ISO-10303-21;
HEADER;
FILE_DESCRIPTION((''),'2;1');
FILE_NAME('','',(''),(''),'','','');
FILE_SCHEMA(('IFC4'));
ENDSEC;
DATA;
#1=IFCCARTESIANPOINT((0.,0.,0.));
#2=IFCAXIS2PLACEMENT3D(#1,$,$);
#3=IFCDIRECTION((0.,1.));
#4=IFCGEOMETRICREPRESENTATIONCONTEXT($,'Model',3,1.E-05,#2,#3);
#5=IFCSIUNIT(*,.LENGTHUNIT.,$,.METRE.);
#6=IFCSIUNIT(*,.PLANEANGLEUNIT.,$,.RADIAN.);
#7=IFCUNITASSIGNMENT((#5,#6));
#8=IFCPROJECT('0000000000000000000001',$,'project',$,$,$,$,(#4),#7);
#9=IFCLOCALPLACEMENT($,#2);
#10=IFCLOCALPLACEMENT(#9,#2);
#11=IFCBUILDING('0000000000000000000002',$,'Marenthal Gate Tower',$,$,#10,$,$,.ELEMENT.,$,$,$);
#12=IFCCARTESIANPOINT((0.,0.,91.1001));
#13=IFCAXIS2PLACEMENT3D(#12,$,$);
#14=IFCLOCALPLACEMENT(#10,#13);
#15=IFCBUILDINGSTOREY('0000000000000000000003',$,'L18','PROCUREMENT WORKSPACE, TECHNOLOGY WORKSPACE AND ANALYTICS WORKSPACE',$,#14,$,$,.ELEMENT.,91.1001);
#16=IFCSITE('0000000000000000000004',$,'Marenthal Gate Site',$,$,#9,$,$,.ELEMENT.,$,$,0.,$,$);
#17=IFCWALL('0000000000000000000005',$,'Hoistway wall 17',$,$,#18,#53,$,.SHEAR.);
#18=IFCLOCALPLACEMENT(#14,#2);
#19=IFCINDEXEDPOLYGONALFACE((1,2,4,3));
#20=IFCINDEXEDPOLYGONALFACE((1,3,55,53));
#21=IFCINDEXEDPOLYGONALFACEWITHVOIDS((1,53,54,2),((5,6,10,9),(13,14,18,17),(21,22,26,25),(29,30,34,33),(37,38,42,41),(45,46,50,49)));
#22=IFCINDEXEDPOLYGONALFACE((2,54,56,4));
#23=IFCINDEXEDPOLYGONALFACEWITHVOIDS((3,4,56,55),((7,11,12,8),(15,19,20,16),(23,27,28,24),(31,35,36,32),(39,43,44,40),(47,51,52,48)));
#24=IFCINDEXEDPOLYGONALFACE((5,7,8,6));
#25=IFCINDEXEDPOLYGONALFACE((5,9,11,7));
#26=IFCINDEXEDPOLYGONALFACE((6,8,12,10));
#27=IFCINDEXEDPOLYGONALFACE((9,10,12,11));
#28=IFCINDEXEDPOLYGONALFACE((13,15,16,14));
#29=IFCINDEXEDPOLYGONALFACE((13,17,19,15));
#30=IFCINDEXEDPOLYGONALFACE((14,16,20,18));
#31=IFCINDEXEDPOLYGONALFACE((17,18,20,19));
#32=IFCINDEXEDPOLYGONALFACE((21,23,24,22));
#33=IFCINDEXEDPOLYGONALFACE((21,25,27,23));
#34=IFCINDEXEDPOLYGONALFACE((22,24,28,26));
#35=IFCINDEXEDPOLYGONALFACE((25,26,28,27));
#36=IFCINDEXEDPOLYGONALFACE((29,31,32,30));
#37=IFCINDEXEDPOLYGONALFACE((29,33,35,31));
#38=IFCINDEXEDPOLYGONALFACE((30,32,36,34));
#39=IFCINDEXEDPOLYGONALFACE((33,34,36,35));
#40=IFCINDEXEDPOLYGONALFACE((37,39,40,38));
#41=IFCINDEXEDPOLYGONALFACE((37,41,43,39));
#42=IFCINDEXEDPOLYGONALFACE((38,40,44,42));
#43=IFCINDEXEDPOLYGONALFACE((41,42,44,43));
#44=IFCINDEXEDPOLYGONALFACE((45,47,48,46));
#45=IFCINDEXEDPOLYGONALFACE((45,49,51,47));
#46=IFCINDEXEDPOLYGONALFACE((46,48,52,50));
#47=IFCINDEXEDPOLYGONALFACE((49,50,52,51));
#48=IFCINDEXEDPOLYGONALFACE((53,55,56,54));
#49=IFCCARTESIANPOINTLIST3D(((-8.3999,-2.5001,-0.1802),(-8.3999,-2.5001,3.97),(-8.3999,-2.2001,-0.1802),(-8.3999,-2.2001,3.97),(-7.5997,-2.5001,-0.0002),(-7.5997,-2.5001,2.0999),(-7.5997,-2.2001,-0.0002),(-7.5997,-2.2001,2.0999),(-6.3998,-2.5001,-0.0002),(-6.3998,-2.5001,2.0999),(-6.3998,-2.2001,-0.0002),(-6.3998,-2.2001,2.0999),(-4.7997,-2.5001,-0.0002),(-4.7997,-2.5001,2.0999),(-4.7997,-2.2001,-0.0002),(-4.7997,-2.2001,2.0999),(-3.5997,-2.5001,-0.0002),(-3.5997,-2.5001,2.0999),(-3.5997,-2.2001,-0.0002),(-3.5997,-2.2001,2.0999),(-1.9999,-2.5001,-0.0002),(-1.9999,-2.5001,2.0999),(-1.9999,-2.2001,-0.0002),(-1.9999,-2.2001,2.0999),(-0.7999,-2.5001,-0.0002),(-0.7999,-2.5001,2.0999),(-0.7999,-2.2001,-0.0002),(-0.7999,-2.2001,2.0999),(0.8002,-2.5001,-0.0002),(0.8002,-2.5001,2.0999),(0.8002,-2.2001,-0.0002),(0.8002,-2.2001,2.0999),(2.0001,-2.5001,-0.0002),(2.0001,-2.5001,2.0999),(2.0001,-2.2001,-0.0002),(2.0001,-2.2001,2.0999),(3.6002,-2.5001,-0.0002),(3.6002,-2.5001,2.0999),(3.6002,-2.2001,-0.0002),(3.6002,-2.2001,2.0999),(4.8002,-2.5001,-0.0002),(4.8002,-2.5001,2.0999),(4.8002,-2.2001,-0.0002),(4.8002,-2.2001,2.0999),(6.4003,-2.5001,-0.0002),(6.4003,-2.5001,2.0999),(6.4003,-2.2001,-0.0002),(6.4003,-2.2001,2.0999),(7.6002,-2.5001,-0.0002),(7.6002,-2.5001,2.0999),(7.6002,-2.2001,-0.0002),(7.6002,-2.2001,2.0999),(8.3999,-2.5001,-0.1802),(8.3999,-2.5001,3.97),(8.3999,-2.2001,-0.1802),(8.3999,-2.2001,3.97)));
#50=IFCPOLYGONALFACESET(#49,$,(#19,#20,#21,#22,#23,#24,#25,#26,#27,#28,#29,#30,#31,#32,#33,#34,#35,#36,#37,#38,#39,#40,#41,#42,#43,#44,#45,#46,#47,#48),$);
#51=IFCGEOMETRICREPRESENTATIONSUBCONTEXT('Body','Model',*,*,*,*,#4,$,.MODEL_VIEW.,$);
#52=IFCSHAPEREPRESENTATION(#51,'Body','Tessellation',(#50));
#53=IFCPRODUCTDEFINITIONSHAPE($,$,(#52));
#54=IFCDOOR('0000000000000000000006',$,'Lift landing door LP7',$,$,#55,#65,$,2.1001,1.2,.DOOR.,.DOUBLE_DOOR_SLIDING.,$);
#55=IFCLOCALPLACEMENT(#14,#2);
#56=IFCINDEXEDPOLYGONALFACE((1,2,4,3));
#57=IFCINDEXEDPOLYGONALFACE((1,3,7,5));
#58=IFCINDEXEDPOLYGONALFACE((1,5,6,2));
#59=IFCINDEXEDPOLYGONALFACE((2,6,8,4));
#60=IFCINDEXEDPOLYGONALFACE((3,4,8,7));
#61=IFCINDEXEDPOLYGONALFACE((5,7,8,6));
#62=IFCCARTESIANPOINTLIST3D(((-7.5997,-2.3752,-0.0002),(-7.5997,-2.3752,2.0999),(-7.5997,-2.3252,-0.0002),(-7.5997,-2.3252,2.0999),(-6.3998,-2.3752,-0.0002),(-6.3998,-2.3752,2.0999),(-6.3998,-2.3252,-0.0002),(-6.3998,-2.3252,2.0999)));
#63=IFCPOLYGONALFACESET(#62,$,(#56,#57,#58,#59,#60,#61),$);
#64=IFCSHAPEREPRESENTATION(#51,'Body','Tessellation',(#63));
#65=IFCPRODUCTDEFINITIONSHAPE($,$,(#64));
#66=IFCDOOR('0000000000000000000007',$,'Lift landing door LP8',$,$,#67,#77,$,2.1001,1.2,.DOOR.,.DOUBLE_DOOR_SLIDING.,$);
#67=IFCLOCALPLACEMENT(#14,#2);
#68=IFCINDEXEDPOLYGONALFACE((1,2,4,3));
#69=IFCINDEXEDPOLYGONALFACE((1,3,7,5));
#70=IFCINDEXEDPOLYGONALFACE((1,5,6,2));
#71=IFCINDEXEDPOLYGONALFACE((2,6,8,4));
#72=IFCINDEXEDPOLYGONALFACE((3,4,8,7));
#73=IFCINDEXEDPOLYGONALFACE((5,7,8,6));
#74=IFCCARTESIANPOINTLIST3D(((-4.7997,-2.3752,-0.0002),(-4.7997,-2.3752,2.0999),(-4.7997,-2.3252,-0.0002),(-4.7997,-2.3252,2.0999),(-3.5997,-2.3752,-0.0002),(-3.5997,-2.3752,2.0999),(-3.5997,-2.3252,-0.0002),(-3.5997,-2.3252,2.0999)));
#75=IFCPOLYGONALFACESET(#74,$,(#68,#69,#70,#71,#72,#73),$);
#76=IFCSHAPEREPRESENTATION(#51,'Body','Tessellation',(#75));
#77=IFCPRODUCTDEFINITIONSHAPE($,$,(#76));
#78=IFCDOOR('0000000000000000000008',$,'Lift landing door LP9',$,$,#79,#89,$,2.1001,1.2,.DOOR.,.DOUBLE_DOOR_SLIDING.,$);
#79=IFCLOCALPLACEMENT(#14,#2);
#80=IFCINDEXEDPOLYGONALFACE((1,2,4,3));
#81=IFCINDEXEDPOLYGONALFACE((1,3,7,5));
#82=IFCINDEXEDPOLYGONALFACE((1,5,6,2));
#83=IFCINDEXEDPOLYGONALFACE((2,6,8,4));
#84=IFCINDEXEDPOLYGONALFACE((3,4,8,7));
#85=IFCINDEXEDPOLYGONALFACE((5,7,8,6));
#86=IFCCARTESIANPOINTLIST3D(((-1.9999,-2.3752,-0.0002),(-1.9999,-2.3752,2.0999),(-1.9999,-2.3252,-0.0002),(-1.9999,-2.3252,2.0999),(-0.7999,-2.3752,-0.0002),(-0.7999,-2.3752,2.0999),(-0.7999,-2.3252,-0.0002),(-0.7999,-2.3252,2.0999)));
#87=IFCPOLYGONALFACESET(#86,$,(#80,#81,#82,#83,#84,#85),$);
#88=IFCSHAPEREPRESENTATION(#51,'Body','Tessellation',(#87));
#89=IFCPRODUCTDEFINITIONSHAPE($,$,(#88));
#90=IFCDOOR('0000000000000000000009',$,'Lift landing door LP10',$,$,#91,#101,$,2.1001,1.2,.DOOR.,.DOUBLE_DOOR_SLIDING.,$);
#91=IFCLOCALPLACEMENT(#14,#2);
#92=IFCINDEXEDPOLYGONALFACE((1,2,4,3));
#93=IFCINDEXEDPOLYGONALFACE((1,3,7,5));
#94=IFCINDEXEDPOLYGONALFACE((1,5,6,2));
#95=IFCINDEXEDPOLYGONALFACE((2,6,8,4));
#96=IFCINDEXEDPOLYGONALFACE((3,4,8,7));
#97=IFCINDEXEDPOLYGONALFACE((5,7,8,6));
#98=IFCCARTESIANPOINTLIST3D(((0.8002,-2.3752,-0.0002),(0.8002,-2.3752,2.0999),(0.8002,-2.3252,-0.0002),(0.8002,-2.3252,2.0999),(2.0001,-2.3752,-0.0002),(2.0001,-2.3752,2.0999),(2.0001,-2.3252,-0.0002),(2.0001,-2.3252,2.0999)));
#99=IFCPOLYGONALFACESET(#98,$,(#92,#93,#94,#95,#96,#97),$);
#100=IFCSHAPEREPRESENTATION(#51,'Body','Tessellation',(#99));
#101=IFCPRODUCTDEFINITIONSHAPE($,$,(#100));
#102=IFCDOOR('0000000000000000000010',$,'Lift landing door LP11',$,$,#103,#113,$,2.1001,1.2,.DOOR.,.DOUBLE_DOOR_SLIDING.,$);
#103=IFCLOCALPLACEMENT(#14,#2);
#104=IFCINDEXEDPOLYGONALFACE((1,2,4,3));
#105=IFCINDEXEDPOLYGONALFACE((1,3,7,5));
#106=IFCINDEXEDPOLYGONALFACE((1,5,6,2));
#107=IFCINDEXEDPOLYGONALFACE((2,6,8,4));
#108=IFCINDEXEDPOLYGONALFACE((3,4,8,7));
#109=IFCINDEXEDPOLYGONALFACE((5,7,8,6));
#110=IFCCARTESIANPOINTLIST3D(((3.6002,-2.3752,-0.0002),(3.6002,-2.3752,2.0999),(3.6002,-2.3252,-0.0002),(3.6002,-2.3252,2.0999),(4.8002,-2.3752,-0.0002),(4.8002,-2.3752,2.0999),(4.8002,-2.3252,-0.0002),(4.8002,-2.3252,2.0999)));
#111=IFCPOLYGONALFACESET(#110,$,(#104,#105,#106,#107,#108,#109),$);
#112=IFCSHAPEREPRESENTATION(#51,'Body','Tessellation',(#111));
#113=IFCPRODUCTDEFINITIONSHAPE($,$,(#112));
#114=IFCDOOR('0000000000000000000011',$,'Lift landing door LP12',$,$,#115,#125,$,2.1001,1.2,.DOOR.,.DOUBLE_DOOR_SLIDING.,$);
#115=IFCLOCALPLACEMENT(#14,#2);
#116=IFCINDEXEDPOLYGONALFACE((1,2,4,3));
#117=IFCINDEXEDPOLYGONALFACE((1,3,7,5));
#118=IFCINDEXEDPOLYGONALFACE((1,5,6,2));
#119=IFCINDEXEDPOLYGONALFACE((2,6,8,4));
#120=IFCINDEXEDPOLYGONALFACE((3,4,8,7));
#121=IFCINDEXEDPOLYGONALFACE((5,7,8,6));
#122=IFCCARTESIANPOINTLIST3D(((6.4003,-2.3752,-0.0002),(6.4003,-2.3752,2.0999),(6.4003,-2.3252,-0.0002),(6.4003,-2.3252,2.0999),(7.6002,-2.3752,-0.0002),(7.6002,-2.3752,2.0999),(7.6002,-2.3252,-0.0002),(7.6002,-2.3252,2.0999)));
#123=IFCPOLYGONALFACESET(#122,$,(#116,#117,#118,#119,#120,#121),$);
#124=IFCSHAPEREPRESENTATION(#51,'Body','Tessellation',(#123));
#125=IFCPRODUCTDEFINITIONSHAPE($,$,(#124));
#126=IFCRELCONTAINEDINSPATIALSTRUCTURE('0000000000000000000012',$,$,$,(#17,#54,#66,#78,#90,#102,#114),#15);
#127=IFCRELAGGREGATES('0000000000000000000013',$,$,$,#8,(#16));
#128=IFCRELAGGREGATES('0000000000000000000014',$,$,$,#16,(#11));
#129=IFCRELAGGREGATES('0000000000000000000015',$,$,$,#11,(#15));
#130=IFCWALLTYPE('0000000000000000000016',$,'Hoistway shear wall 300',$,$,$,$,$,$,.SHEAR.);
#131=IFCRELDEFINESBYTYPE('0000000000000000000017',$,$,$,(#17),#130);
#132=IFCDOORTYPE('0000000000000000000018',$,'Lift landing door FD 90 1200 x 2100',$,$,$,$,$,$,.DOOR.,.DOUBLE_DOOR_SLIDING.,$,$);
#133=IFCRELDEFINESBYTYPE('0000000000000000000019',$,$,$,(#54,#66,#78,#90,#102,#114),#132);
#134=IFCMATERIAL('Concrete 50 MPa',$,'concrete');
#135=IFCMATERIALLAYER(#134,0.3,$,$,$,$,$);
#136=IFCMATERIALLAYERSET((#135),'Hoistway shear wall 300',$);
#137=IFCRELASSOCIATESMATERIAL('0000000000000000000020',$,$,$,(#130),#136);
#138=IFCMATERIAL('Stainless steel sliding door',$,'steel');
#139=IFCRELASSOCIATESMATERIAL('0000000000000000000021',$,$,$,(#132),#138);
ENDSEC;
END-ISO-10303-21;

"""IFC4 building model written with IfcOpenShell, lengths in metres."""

from ifc_helpers import new_model, si_unit, direction, frame, frame_2d, origin, place, context, subcontext, project, spatial, rectangle, extrude, material, layer, layer_set, type_object, element, fill, save


model = new_model("IFC4")

# Units and contexts
model_context = context("Model", 3, precision=1e-05, world=origin(), true_north=direction((0.0, 1.0)))
body_context = subcontext(model_context, "Body", "Model", "MODEL_VIEW")
ifc_project = project(units=[si_unit("LENGTHUNIT", "METRE"), si_unit("PLANEANGLEUNIT", "RADIAN")], contexts=[model_context])

# Site, building, storey
site_placement = place(None, origin())
site = spatial("IfcSite", under=ifc_project, at=site_placement, Name="Marenthal Gate Site", CompositionType="ELEMENT", RefElevation=0.0)
building_placement = place(site_placement, origin())
building = spatial("IfcBuilding", under=site, at=building_placement, Name="Marenthal Gate Tower", CompositionType="ELEMENT")
storey_placement = place(building_placement, frame((0.0, 0.0, 91.1001)))
storey = spatial("IfcBuildingStorey", under=building, at=storey_placement, Name="L18", Description="PROCUREMENT WORKSPACE, TECHNOLOGY WORKSPACE AND ANALYTICS WORKSPACE", CompositionType="ELEMENT", Elevation=91.1001)

# Wall, openings, doors
ifc_material_1 = material(Name="Concrete 50 MPa", Category="concrete")
ifc_layer_1 = layer(ifc_material_1, 0.3)
ifc_layer_set_1 = layer_set([ifc_layer_1], Name="Hoistway shear wall 300")
wall_type_1 = type_object("IfcWallType", Name="Hoistway shear wall 300", PredefinedType="SHEAR", material=ifc_layer_set_1)
wall_1_placement = place(storey_placement, frame((-8.3999, -2.3501, -0.1802), z_axis=(0.0, 0.0, 1.0), x_axis=(1.0, 0.0, 0.0)))
wall_1 = element("IfcWall", 1, at=wall_1_placement, inside=storey, type_object=wall_type_1, Name="Hoistway wall 17", PredefinedType="SHEAR", context=body_context, shape_type="SweptSolid", body=[
    extrude(rectangle(XDim=16.7998, YDim=0.3, at=frame_2d((8.3999, 0.0))), origin(), (0.0, 0.0, 1.0), 4.1501),
])
opening_1_placement = place(wall_1_placement, frame((0.8, 0.0, 0.1799)))
opening_1 = element("IfcOpeningElement", 2, at=opening_1_placement, cuts=wall_1, PredefinedType="OPENING", context=body_context, shape_type="SweptSolid", body=[
    extrude(rectangle(XDim=1.2, YDim=2.1001, at=frame_2d((0.6001, 1.05))), frame((0.0, 0.1602, 0.0), z_axis=(0.0, -1.0, 0.0), x_axis=(1.0, 0.0, 0.0)), (0.0, 0.0, 1.0), 0.3201),
])
opening_2_placement = place(wall_1_placement, frame((3.6001, 0.0, 0.1799)))
opening_2 = element("IfcOpeningElement", 3, at=opening_2_placement, cuts=wall_1, PredefinedType="OPENING", context=body_context, shape_type="SweptSolid", body=[
    extrude(rectangle(XDim=1.2, YDim=2.1001, at=frame_2d((0.6001, 1.05))), frame((0.0, 0.1602, 0.0), z_axis=(0.0, -1.0, 0.0), x_axis=(1.0, 0.0, 0.0)), (0.0, 0.0, 1.0), 0.3201),
])
opening_3_placement = place(wall_1_placement, frame((6.3999, 0.0, 0.1799)))
opening_3 = element("IfcOpeningElement", 4, at=opening_3_placement, cuts=wall_1, PredefinedType="OPENING", context=body_context, shape_type="SweptSolid", body=[
    extrude(rectangle(XDim=1.2, YDim=2.1001, at=frame_2d((0.6001, 1.05))), frame((0.0, 0.1602, 0.0), z_axis=(0.0, -1.0, 0.0), x_axis=(1.0, 0.0, 0.0)), (0.0, 0.0, 1.0), 0.3201),
])
opening_4_placement = place(wall_1_placement, frame((9.2, 0.0, 0.1799)))
opening_4 = element("IfcOpeningElement", 5, at=opening_4_placement, cuts=wall_1, PredefinedType="OPENING", context=body_context, shape_type="SweptSolid", body=[
    extrude(rectangle(XDim=1.2, YDim=2.1001, at=frame_2d((0.6001, 1.05))), frame((0.0, 0.1602, 0.0), z_axis=(0.0, -1.0, 0.0), x_axis=(1.0, 0.0, 0.0)), (0.0, 0.0, 1.0), 0.3201),
])
opening_5_placement = place(wall_1_placement, frame((12.0, 0.0, 0.1799)))
opening_5 = element("IfcOpeningElement", 6, at=opening_5_placement, cuts=wall_1, PredefinedType="OPENING", context=body_context, shape_type="SweptSolid", body=[
    extrude(rectangle(XDim=1.2, YDim=2.1001, at=frame_2d((0.6001, 1.05))), frame((0.0, 0.1602, 0.0), z_axis=(0.0, -1.0, 0.0), x_axis=(1.0, 0.0, 0.0)), (0.0, 0.0, 1.0), 0.3201),
])
opening_6_placement = place(wall_1_placement, frame((14.8, 0.0, 0.1799)))
opening_6 = element("IfcOpeningElement", 7, at=opening_6_placement, cuts=wall_1, PredefinedType="OPENING", context=body_context, shape_type="SweptSolid", body=[
    extrude(rectangle(XDim=1.2, YDim=2.1001, at=frame_2d((0.6001, 1.05))), frame((0.0, 0.1602, 0.0), z_axis=(0.0, -1.0, 0.0), x_axis=(1.0, 0.0, 0.0)), (0.0, 0.0, 1.0), 0.3201),
])
ifc_material_2 = material(Name="Stainless steel sliding door", Category="steel")
door_type_1 = type_object("IfcDoorType", Name="Lift landing door FD 90 1200 x 2100", OperationType="DOUBLE_DOOR_SLIDING", PredefinedType="DOOR", material=ifc_material_2)
door_1_placement = place(opening_1_placement, origin())
door_1 = element("IfcDoor", 8, at=door_1_placement, inside=storey, type_object=door_type_1, Name="Lift landing door LP7", OperationType="DOUBLE_DOOR_SLIDING", OverallHeight=2.1001, OverallWidth=1.2, PredefinedType="DOOR", context=body_context, shape_type="SweptSolid", body=[
    extrude(rectangle(XDim=1.2, YDim=2.1001, at=frame_2d((0.6001, 1.05))), frame((0.0, 0.0249, 0.0), z_axis=(0.0, -1.0, 0.0), x_axis=(1.0, 0.0, 0.0)), (0.0, 0.0, 1.0), 0.05),
])
fill(opening_1, door_1)
door_2_placement = place(opening_2_placement, origin())
door_2 = element("IfcDoor", 9, at=door_2_placement, inside=storey, type_object=door_type_1, Name="Lift landing door LP8", OperationType="DOUBLE_DOOR_SLIDING", OverallHeight=2.1001, OverallWidth=1.2, PredefinedType="DOOR", context=body_context, shape_type="SweptSolid", body=[
    extrude(rectangle(XDim=1.2, YDim=2.1001, at=frame_2d((0.6001, 1.05))), frame((0.0, 0.0249, 0.0), z_axis=(0.0, -1.0, 0.0), x_axis=(1.0, 0.0, 0.0)), (0.0, 0.0, 1.0), 0.05),
])
fill(opening_2, door_2)
door_3_placement = place(opening_3_placement, origin())
door_3 = element("IfcDoor", 10, at=door_3_placement, inside=storey, type_object=door_type_1, Name="Lift landing door LP9", OperationType="DOUBLE_DOOR_SLIDING", OverallHeight=2.1001, OverallWidth=1.2, PredefinedType="DOOR", context=body_context, shape_type="SweptSolid", body=[
    extrude(rectangle(XDim=1.2, YDim=2.1001, at=frame_2d((0.6001, 1.05))), frame((0.0, 0.0249, 0.0), z_axis=(0.0, -1.0, 0.0), x_axis=(1.0, 0.0, 0.0)), (0.0, 0.0, 1.0), 0.05),
])
fill(opening_3, door_3)
door_4_placement = place(opening_4_placement, origin())
door_4 = element("IfcDoor", 11, at=door_4_placement, inside=storey, type_object=door_type_1, Name="Lift landing door LP10", OperationType="DOUBLE_DOOR_SLIDING", OverallHeight=2.1001, OverallWidth=1.2, PredefinedType="DOOR", context=body_context, shape_type="SweptSolid", body=[
    extrude(rectangle(XDim=1.2, YDim=2.1001, at=frame_2d((0.6001, 1.05))), frame((0.0, 0.0249, 0.0), z_axis=(0.0, -1.0, 0.0), x_axis=(1.0, 0.0, 0.0)), (0.0, 0.0, 1.0), 0.05),
])
fill(opening_4, door_4)
door_5_placement = place(opening_5_placement, origin())
door_5 = element("IfcDoor", 12, at=door_5_placement, inside=storey, type_object=door_type_1, Name="Lift landing door LP11", OperationType="DOUBLE_DOOR_SLIDING", OverallHeight=2.1001, OverallWidth=1.2, PredefinedType="DOOR", context=body_context, shape_type="SweptSolid", body=[
    extrude(rectangle(XDim=1.2, YDim=2.1001, at=frame_2d((0.6001, 1.05))), frame((0.0, 0.0249, 0.0), z_axis=(0.0, -1.0, 0.0), x_axis=(1.0, 0.0, 0.0)), (0.0, 0.0, 1.0), 0.05),
])
fill(opening_5, door_5)
door_6_placement = place(opening_6_placement, origin())
door_6 = element("IfcDoor", 13, at=door_6_placement, inside=storey, type_object=door_type_1, Name="Lift landing door LP12", OperationType="DOUBLE_DOOR_SLIDING", OverallHeight=2.1001, OverallWidth=1.2, PredefinedType="DOOR", context=body_context, shape_type="SweptSolid", body=[
    extrude(rectangle(XDim=1.2, YDim=2.1001, at=frame_2d((0.6001, 1.05))), frame((0.0, 0.0249, 0.0), z_axis=(0.0, -1.0, 0.0), x_axis=(1.0, 0.0, 0.0)), (0.0, 0.0, 1.0), 0.05),
])
fill(opening_6, door_6)

save(model, "model.ifc")
